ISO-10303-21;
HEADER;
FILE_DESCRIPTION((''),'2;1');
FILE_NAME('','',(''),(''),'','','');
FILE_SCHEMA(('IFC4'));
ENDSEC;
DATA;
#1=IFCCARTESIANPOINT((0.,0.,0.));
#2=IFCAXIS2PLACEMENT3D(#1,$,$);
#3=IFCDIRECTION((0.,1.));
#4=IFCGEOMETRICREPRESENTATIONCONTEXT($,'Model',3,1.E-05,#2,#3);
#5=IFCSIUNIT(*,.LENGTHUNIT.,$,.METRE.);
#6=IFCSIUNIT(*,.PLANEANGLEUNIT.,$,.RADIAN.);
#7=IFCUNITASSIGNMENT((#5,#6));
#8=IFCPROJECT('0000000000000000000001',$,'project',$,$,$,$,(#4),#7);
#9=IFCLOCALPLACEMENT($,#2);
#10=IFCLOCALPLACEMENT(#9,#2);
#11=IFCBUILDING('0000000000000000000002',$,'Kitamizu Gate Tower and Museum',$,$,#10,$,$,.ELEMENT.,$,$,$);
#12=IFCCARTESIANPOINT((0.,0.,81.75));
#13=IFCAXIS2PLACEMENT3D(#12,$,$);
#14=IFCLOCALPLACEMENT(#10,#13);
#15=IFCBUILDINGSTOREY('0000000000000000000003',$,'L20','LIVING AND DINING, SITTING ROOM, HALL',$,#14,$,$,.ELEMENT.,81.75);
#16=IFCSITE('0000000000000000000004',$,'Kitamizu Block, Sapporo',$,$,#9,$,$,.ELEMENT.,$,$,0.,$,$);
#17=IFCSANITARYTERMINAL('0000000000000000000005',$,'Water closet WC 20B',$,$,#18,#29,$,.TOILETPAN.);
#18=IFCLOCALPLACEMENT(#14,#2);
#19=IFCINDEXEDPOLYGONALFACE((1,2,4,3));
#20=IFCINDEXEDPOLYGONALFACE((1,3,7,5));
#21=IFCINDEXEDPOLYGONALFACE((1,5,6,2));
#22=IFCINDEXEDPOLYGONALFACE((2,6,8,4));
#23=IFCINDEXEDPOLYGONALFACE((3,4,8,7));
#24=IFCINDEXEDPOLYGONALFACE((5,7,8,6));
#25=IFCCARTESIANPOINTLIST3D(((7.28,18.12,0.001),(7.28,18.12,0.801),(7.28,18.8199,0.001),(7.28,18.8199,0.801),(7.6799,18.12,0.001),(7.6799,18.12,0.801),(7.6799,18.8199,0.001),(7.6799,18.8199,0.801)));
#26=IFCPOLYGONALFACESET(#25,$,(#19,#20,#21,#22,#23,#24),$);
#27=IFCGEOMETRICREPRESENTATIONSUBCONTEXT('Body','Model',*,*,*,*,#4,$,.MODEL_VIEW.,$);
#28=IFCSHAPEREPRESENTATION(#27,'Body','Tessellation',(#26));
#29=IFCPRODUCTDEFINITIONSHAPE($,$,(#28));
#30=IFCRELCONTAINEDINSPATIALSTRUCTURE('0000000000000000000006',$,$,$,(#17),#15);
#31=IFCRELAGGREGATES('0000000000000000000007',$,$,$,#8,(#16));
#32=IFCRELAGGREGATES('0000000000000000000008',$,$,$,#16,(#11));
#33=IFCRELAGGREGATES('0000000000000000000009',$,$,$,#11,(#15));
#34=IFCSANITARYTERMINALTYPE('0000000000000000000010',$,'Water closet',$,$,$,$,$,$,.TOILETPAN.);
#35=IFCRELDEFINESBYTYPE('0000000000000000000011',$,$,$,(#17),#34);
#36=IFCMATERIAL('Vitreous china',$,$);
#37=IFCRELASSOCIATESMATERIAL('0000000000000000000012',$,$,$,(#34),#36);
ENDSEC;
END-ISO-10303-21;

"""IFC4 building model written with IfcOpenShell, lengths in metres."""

from ifc_helpers import new_model, si_unit, direction, frame, origin, origin_2d, place, context, subcontext, project, spatial, rectangle, extrude, material, type_object, element, save


model = new_model("IFC4")

# Units and contexts
model_context = context("Model", 3, precision=1e-05, world=origin(), true_north=direction((0.0, 1.0)))
body_context = subcontext(model_context, "Body", "Model", "MODEL_VIEW")
ifc_project = project(units=[si_unit("LENGTHUNIT", "METRE"), si_unit("PLANEANGLEUNIT", "RADIAN")], contexts=[model_context])

# Site, building, storey
site_placement = place(None, origin())
site = spatial("IfcSite", under=ifc_project, at=site_placement, Name="Kitamizu Block, Sapporo", CompositionType="ELEMENT", RefElevation=0.0)
building_placement = place(site_placement, origin())
building = spatial("IfcBuilding", under=site, at=building_placement, Name="Kitamizu Gate Tower and Museum", CompositionType="ELEMENT")
storey_placement = place(building_placement, frame((0.0, 0.0, 81.75)))
storey = spatial("IfcBuildingStorey", under=building, at=storey_placement, Name="L20", Description="LIVING AND DINING, SITTING ROOM, HALL", CompositionType="ELEMENT", Elevation=81.75)

# Sanitary terminal
ifc_material_1 = material(Name="Vitreous china")
sanitary_terminal_type_1 = type_object("IfcSanitaryTerminalType", Name="Water closet", PredefinedType="TOILETPAN", material=ifc_material_1)
sanitary_terminal_1_placement = place(storey_placement, frame((7.48, 18.47, 0.001), z_axis=(0.0, 0.0, 1.0), x_axis=(1.0, 0.0, 0.0)))
element("IfcSanitaryTerminal", 1, at=sanitary_terminal_1_placement, inside=storey, type_object=sanitary_terminal_type_1, Name="Water closet WC 20B", PredefinedType="TOILETPAN", context=body_context, shape_type="SweptSolid", body=[
    extrude(rectangle(XDim=0.3999, YDim=0.7, at=origin_2d()), origin(), (0.0, 0.0, 1.0), 0.8),
])

save(model, "model.ifc")
